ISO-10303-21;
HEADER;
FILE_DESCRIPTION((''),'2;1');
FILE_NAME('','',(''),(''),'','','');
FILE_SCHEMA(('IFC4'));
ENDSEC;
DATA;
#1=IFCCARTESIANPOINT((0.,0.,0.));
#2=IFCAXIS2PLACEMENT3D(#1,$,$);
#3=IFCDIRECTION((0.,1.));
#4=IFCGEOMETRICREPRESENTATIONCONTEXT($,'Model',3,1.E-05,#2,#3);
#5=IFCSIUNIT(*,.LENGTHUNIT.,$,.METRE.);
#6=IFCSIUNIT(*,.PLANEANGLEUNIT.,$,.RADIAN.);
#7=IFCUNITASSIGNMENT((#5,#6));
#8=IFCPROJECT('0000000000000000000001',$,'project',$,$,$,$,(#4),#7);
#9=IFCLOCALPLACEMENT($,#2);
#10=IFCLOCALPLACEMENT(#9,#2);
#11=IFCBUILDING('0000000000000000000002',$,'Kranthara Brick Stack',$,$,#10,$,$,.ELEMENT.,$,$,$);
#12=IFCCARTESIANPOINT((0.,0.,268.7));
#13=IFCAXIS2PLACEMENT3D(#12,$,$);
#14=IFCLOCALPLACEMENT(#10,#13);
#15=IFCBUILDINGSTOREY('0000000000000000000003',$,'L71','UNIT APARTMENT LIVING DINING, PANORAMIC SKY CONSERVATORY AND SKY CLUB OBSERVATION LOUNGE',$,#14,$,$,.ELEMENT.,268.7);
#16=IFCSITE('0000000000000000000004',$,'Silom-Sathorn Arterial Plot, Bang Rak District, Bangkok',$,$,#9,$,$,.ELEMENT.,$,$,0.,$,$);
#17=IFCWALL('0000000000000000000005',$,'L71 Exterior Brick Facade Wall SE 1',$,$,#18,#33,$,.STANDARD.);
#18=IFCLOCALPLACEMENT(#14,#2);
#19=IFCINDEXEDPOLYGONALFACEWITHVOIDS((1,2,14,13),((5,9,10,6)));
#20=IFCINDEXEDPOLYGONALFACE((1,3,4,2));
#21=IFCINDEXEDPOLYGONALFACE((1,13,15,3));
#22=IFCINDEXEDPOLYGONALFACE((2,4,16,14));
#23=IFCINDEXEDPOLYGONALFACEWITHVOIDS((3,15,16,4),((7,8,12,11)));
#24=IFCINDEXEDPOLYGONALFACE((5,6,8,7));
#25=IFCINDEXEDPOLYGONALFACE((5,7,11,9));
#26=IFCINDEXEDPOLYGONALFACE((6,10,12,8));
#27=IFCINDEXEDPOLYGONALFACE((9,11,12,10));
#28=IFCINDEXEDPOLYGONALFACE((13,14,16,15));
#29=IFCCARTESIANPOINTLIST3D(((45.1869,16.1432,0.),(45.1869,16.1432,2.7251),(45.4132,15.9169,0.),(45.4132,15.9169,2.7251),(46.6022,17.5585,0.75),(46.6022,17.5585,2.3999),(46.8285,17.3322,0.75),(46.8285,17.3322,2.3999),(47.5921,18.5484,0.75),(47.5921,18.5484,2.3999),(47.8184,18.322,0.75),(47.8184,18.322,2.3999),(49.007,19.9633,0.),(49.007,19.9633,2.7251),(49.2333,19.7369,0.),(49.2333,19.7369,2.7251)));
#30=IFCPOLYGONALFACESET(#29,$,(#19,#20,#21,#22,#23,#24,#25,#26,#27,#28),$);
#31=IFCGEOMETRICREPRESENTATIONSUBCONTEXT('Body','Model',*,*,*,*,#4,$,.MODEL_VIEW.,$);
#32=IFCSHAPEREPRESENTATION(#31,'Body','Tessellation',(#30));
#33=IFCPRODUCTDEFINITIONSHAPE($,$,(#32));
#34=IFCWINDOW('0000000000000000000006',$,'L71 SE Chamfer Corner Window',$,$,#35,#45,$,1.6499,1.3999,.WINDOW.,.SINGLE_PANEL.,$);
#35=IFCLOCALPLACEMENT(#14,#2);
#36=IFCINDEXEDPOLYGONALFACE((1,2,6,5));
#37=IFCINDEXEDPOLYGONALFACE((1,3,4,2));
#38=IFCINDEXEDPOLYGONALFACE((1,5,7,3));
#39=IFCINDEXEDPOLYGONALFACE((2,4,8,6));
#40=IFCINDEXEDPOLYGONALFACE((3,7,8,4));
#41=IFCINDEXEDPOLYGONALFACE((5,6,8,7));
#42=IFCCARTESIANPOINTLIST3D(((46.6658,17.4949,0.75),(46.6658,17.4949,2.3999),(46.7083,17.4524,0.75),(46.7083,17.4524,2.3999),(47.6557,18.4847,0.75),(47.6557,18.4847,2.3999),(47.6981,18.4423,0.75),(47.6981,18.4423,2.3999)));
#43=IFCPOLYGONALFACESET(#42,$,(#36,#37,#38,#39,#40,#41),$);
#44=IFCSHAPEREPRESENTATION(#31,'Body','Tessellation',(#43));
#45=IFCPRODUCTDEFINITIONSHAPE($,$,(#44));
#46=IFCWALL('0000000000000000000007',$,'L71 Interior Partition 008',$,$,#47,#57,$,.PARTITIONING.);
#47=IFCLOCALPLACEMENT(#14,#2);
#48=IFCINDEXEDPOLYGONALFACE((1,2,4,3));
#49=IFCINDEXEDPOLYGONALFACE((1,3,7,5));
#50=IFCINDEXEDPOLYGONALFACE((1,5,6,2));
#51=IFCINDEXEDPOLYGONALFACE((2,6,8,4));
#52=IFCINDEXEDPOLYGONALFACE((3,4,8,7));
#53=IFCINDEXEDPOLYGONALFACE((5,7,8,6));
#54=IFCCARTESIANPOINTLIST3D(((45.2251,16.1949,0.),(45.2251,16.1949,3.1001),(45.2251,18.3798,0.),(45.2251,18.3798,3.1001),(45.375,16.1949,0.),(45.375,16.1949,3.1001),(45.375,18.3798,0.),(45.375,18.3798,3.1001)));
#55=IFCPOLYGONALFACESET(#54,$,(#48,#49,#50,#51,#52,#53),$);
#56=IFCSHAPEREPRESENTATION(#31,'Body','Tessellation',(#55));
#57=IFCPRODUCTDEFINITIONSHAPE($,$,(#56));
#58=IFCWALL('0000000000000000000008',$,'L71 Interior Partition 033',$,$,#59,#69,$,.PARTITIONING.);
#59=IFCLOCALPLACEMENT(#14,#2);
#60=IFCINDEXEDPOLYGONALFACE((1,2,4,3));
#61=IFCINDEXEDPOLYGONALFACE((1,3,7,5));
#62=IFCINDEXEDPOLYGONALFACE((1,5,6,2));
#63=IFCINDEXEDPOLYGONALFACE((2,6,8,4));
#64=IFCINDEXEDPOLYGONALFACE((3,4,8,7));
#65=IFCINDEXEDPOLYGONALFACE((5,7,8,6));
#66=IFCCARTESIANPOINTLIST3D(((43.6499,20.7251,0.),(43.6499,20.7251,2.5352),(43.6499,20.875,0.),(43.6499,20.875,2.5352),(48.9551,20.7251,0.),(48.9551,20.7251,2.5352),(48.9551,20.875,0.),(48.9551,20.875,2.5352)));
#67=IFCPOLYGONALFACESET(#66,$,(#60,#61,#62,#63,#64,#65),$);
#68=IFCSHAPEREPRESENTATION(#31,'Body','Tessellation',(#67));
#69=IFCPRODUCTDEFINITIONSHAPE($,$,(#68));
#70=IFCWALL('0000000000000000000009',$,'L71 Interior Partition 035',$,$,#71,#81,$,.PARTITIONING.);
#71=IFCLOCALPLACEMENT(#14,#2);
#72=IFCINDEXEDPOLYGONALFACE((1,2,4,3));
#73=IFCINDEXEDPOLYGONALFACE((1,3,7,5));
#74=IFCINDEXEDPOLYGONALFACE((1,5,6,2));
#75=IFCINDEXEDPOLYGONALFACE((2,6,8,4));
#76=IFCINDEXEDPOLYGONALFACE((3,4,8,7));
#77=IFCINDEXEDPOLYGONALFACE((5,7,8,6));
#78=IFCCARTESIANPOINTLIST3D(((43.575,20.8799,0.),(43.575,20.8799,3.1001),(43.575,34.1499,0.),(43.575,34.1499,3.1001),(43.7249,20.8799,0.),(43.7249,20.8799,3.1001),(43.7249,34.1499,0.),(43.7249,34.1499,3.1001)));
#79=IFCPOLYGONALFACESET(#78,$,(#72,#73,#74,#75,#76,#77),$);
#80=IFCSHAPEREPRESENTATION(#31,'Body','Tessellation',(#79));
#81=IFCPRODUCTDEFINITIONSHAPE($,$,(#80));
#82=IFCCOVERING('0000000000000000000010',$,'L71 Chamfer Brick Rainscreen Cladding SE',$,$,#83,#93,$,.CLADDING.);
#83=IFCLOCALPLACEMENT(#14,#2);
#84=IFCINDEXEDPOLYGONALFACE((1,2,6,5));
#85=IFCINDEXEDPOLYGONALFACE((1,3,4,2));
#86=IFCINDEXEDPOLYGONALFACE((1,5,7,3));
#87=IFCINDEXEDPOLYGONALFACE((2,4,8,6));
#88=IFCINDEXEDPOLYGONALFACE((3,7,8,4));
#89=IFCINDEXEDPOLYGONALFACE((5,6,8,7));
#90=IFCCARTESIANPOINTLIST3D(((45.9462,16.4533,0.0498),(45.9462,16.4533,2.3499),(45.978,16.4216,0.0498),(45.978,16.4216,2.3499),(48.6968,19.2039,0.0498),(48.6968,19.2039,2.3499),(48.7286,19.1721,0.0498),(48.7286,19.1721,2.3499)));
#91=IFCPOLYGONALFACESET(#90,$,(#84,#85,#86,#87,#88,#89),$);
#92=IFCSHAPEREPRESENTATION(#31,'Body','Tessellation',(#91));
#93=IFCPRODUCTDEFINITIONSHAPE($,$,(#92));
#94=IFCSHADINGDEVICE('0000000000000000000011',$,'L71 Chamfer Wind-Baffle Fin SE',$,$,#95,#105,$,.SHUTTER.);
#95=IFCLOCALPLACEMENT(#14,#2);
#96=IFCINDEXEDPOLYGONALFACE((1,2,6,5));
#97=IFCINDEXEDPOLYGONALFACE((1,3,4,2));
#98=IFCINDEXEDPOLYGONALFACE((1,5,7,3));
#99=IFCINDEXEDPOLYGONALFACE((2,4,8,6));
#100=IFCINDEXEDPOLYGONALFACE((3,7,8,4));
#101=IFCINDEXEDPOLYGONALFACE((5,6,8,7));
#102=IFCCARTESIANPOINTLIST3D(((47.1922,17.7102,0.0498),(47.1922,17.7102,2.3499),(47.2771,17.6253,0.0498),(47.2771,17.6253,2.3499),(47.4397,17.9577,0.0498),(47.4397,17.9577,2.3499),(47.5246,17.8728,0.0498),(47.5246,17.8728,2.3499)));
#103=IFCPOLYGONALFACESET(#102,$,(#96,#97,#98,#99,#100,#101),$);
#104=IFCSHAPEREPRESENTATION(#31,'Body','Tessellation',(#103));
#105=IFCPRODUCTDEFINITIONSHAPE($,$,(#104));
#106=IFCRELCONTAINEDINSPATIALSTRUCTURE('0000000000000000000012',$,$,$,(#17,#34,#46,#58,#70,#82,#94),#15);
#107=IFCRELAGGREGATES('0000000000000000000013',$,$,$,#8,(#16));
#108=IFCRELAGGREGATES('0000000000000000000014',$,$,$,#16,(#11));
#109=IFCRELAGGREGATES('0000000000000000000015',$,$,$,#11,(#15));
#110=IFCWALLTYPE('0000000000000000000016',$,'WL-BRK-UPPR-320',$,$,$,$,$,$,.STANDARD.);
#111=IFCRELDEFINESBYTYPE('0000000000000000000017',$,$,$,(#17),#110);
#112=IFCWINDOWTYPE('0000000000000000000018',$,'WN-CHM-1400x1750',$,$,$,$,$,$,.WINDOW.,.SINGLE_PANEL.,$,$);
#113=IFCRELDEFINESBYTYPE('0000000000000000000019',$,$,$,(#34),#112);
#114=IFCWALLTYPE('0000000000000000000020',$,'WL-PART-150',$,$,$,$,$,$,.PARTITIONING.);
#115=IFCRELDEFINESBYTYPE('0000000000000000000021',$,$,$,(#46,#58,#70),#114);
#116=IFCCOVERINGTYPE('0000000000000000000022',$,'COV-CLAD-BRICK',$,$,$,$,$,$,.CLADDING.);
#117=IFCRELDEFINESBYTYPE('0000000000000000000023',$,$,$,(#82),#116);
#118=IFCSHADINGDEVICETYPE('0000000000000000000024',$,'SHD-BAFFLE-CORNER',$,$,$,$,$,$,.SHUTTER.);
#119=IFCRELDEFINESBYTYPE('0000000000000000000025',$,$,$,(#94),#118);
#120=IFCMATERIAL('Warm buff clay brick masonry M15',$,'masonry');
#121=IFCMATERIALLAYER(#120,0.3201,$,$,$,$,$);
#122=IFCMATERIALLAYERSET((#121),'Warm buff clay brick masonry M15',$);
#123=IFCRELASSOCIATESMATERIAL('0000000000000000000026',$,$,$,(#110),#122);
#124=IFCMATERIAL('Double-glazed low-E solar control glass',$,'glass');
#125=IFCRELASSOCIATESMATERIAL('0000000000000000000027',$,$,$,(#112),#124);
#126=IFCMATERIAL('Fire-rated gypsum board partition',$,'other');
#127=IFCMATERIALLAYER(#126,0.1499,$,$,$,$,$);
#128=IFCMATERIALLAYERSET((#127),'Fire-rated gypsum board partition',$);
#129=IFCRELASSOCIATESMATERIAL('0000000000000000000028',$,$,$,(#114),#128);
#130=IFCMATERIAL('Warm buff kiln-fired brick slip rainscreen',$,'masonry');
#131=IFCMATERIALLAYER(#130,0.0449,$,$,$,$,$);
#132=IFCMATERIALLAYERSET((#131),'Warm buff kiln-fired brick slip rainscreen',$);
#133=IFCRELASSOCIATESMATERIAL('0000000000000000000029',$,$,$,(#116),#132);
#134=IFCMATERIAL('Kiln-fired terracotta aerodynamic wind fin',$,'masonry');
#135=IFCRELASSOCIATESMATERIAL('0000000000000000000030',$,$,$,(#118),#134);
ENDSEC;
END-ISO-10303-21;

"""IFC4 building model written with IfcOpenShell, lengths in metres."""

from ifc_helpers import new_model, si_unit, direction, frame, frame_2d, origin, origin_2d, place, context, subcontext, project, spatial, rectangle, extrude, material, layer, layer_set, type_object, element, fill, save


model = new_model("IFC4")

# Units and contexts
model_context = context("Model", 3, precision=1e-05, world=origin(), true_north=direction((0.0, 1.0)))
body_context = subcontext(model_context, "Body", "Model", "MODEL_VIEW")
ifc_project = project(units=[si_unit("LENGTHUNIT", "METRE"), si_unit("PLANEANGLEUNIT", "RADIAN")], contexts=[model_context])

# Site, building, storey
site_placement = place(None, origin())
site = spatial("IfcSite", under=ifc_project, at=site_placement, Name="Silom-Sathorn Arterial Plot, Bang Rak District, Bangkok", CompositionType="ELEMENT", RefElevation=0.0)
building_placement = place(site_placement, origin())
building = spatial("IfcBuilding", under=site, at=building_placement, Name="Kranthara Brick Stack", CompositionType="ELEMENT")
storey_placement = place(building_placement, frame((0.0, 0.0, 268.7)))
storey = spatial("IfcBuildingStorey", under=building, at=storey_placement, Name="L71", Description="UNIT APARTMENT LIVING DINING, PANORAMIC SKY CONSERVATORY AND SKY CLUB OBSERVATION LOUNGE", CompositionType="ELEMENT", Elevation=268.7)

# Shared definitions
ifc_material_1 = material(Name="Warm buff clay brick masonry M15", Category="masonry")
ifc_layer_1 = layer(ifc_material_1, 0.3201)
ifc_layer_set_1 = layer_set([ifc_layer_1], Name="Warm buff clay brick masonry M15")
wall_type_1 = type_object("IfcWallType", Name="WL-BRK-UPPR-320", PredefinedType="STANDARD", material=ifc_layer_set_1)

# Wall, opening, window
wall_1_placement = place(storey_placement, frame((49.1201, 19.8501, 0.0), z_axis=(0.0, 0.0, 1.0), x_axis=(-0.707107, -0.707107, 0.0)))
wall_1 = element("IfcWall", 1, at=wall_1_placement, inside=storey, type_object=wall_type_1, Name="L71 Exterior Brick Facade Wall SE 1", PredefinedType="STANDARD", context=body_context, shape_type="SweptSolid", body=[
    extrude(rectangle(XDim=5.4023, YDim=0.3201, at=frame_2d((2.7012, 0.0))), origin(), (0.0, 0.0, 1.0), 2.7251),
])
opening_1_placement = place(wall_1_placement, frame((2.001, 0.0, 0.75)))
opening_1 = element("IfcOpeningElement", 2, at=opening_1_placement, cuts=wall_1, PredefinedType="OPENING", context=body_context, shape_type="SweptSolid", body=[
    extrude(rectangle(XDim=1.3999, YDim=1.6499, at=frame_2d((0.7, 0.825))), frame((0.0, 0.1699, 0.0), z_axis=(0.0, -1.0, 0.0), x_axis=(1.0, 0.0, 0.0)), (0.0, 0.0, 1.0), 0.3401),
])
ifc_material_2 = material(Name="Double-glazed low-E solar control glass", Category="glass")
window_type_1 = type_object("IfcWindowType", Name="WN-CHM-1400x1750", PartitioningType="SINGLE_PANEL", PredefinedType="WINDOW", material=ifc_material_2)
window_1_placement = place(opening_1_placement, origin())
window_1 = element("IfcWindow", 3, at=window_1_placement, inside=storey, type_object=window_type_1, Name="L71 SE Chamfer Corner Window", OverallHeight=1.6499, OverallWidth=1.3999, PartitioningType="SINGLE_PANEL", PredefinedType="WINDOW", context=body_context, shape_type="SweptSolid", body=[
    extrude(rectangle(XDim=1.3999, YDim=1.6499, at=frame_2d((0.7, 0.825))), frame((0.0, -0.01, 0.0), z_axis=(0.0, -1.0, 0.0), x_axis=(1.0, 0.0, 0.0)), (0.0, 0.0, 1.0), 0.0601),
])
fill(opening_1, window_1)

# Walls
ifc_material_3 = material(Name="Fire-rated gypsum board partition", Category="other")
ifc_layer_2 = layer(ifc_material_3, 0.1499)
ifc_layer_set_2 = layer_set([ifc_layer_2], Name="Fire-rated gypsum board partition")
wall_type_2 = type_object("IfcWallType", Name="WL-PART-150", PredefinedType="PARTITIONING", material=ifc_layer_set_2)
wall_2_placement = place(storey_placement, frame((45.3, 16.1951, 0.0), z_axis=(0.0, 0.0, 1.0), x_axis=(0.0, 1.0, 0.0)))
element("IfcWall", 4, at=wall_2_placement, inside=storey, type_object=wall_type_2, Name="L71 Interior Partition 008", PredefinedType="PARTITIONING", context=body_context, shape_type="SweptSolid", body=[
    extrude(rectangle(XDim=2.1848, YDim=0.1499, at=frame_2d((1.0923, 0.0))), origin(), (0.0, 0.0, 1.0), 3.1001),
])
wall_3_placement = place(storey_placement, frame((43.6499, 20.8, 0.0), z_axis=(0.0, 0.0, 1.0), x_axis=(1.0, 0.0, 0.0)))
element("IfcWall", 5, at=wall_3_placement, inside=storey, type_object=wall_type_2, Name="L71 Interior Partition 033", PredefinedType="PARTITIONING", context=body_context, shape_type="SweptSolid", body=[
    extrude(rectangle(XDim=5.3052, YDim=0.1499, at=frame_2d((2.6526, 0.0))), origin(), (0.0, 0.0, 1.0), 2.5352),
])
wall_4_placement = place(storey_placement, frame((43.6499, 20.8799, 0.0), z_axis=(0.0, 0.0, 1.0), x_axis=(0.0, 1.0, 0.0)))
element("IfcWall", 6, at=wall_4_placement, inside=storey, type_object=wall_type_2, Name="L71 Interior Partition 035", PredefinedType="PARTITIONING", context=body_context, shape_type="SweptSolid", body=[
    extrude(rectangle(XDim=13.27, YDim=0.1499, at=frame_2d((6.635, 0.0))), origin(), (0.0, 0.0, 1.0), 3.1001),
])

# Covering
ifc_material_4 = material(Name="Warm buff kiln-fired brick slip rainscreen", Category="masonry")
ifc_layer_3 = layer(ifc_material_4, 0.0449)
ifc_layer_set_3 = layer_set([ifc_layer_3], Name="Warm buff kiln-fired brick slip rainscreen")
covering_type = type_object("IfcCoveringType", Name="COV-CLAD-BRICK", PredefinedType="CLADDING", material=ifc_layer_set_3)
covering_placement = place(storey_placement, frame((47.3374, 17.8127, 0.0498), z_axis=(0.0, 0.0, 1.0), x_axis=(-0.707107, -0.707107, 0.0)))
element("IfcCovering", 7, at=covering_placement, inside=storey, type_object=covering_type, Name="L71 Chamfer Brick Rainscreen Cladding SE", PredefinedType="CLADDING", context=body_context, shape_type="SweptSolid", body=[
    extrude(rectangle(XDim=3.8899, YDim=0.0449, at=origin_2d()), origin(), (0.0, 0.0, 1.0), 2.3),
])

# Shading device
ifc_material_5 = material(Name="Kiln-fired terracotta aerodynamic wind fin", Category="masonry")
shading_device_type = type_object("IfcShadingDeviceType", Name="SHD-BAFFLE-CORNER", PredefinedType="SHUTTER", material=ifc_material_5)
shading_device_placement = place(storey_placement, frame((47.3584, 17.7915, 0.0498), z_axis=(0.0, 0.0, 1.0), x_axis=(-0.707107, -0.707107, 0.0)))
element("IfcShadingDevice", 8, at=shading_device_placement, inside=storey, type_object=shading_device_type, Name="L71 Chamfer Wind-Baffle Fin SE", PredefinedType="SHUTTER", context=body_context, shape_type="SweptSolid", body=[
    extrude(rectangle(XDim=0.3501, YDim=0.1201, at=origin_2d()), origin(), (0.0, 0.0, 1.0), 2.3),
])

save(model, "model.ifc")
